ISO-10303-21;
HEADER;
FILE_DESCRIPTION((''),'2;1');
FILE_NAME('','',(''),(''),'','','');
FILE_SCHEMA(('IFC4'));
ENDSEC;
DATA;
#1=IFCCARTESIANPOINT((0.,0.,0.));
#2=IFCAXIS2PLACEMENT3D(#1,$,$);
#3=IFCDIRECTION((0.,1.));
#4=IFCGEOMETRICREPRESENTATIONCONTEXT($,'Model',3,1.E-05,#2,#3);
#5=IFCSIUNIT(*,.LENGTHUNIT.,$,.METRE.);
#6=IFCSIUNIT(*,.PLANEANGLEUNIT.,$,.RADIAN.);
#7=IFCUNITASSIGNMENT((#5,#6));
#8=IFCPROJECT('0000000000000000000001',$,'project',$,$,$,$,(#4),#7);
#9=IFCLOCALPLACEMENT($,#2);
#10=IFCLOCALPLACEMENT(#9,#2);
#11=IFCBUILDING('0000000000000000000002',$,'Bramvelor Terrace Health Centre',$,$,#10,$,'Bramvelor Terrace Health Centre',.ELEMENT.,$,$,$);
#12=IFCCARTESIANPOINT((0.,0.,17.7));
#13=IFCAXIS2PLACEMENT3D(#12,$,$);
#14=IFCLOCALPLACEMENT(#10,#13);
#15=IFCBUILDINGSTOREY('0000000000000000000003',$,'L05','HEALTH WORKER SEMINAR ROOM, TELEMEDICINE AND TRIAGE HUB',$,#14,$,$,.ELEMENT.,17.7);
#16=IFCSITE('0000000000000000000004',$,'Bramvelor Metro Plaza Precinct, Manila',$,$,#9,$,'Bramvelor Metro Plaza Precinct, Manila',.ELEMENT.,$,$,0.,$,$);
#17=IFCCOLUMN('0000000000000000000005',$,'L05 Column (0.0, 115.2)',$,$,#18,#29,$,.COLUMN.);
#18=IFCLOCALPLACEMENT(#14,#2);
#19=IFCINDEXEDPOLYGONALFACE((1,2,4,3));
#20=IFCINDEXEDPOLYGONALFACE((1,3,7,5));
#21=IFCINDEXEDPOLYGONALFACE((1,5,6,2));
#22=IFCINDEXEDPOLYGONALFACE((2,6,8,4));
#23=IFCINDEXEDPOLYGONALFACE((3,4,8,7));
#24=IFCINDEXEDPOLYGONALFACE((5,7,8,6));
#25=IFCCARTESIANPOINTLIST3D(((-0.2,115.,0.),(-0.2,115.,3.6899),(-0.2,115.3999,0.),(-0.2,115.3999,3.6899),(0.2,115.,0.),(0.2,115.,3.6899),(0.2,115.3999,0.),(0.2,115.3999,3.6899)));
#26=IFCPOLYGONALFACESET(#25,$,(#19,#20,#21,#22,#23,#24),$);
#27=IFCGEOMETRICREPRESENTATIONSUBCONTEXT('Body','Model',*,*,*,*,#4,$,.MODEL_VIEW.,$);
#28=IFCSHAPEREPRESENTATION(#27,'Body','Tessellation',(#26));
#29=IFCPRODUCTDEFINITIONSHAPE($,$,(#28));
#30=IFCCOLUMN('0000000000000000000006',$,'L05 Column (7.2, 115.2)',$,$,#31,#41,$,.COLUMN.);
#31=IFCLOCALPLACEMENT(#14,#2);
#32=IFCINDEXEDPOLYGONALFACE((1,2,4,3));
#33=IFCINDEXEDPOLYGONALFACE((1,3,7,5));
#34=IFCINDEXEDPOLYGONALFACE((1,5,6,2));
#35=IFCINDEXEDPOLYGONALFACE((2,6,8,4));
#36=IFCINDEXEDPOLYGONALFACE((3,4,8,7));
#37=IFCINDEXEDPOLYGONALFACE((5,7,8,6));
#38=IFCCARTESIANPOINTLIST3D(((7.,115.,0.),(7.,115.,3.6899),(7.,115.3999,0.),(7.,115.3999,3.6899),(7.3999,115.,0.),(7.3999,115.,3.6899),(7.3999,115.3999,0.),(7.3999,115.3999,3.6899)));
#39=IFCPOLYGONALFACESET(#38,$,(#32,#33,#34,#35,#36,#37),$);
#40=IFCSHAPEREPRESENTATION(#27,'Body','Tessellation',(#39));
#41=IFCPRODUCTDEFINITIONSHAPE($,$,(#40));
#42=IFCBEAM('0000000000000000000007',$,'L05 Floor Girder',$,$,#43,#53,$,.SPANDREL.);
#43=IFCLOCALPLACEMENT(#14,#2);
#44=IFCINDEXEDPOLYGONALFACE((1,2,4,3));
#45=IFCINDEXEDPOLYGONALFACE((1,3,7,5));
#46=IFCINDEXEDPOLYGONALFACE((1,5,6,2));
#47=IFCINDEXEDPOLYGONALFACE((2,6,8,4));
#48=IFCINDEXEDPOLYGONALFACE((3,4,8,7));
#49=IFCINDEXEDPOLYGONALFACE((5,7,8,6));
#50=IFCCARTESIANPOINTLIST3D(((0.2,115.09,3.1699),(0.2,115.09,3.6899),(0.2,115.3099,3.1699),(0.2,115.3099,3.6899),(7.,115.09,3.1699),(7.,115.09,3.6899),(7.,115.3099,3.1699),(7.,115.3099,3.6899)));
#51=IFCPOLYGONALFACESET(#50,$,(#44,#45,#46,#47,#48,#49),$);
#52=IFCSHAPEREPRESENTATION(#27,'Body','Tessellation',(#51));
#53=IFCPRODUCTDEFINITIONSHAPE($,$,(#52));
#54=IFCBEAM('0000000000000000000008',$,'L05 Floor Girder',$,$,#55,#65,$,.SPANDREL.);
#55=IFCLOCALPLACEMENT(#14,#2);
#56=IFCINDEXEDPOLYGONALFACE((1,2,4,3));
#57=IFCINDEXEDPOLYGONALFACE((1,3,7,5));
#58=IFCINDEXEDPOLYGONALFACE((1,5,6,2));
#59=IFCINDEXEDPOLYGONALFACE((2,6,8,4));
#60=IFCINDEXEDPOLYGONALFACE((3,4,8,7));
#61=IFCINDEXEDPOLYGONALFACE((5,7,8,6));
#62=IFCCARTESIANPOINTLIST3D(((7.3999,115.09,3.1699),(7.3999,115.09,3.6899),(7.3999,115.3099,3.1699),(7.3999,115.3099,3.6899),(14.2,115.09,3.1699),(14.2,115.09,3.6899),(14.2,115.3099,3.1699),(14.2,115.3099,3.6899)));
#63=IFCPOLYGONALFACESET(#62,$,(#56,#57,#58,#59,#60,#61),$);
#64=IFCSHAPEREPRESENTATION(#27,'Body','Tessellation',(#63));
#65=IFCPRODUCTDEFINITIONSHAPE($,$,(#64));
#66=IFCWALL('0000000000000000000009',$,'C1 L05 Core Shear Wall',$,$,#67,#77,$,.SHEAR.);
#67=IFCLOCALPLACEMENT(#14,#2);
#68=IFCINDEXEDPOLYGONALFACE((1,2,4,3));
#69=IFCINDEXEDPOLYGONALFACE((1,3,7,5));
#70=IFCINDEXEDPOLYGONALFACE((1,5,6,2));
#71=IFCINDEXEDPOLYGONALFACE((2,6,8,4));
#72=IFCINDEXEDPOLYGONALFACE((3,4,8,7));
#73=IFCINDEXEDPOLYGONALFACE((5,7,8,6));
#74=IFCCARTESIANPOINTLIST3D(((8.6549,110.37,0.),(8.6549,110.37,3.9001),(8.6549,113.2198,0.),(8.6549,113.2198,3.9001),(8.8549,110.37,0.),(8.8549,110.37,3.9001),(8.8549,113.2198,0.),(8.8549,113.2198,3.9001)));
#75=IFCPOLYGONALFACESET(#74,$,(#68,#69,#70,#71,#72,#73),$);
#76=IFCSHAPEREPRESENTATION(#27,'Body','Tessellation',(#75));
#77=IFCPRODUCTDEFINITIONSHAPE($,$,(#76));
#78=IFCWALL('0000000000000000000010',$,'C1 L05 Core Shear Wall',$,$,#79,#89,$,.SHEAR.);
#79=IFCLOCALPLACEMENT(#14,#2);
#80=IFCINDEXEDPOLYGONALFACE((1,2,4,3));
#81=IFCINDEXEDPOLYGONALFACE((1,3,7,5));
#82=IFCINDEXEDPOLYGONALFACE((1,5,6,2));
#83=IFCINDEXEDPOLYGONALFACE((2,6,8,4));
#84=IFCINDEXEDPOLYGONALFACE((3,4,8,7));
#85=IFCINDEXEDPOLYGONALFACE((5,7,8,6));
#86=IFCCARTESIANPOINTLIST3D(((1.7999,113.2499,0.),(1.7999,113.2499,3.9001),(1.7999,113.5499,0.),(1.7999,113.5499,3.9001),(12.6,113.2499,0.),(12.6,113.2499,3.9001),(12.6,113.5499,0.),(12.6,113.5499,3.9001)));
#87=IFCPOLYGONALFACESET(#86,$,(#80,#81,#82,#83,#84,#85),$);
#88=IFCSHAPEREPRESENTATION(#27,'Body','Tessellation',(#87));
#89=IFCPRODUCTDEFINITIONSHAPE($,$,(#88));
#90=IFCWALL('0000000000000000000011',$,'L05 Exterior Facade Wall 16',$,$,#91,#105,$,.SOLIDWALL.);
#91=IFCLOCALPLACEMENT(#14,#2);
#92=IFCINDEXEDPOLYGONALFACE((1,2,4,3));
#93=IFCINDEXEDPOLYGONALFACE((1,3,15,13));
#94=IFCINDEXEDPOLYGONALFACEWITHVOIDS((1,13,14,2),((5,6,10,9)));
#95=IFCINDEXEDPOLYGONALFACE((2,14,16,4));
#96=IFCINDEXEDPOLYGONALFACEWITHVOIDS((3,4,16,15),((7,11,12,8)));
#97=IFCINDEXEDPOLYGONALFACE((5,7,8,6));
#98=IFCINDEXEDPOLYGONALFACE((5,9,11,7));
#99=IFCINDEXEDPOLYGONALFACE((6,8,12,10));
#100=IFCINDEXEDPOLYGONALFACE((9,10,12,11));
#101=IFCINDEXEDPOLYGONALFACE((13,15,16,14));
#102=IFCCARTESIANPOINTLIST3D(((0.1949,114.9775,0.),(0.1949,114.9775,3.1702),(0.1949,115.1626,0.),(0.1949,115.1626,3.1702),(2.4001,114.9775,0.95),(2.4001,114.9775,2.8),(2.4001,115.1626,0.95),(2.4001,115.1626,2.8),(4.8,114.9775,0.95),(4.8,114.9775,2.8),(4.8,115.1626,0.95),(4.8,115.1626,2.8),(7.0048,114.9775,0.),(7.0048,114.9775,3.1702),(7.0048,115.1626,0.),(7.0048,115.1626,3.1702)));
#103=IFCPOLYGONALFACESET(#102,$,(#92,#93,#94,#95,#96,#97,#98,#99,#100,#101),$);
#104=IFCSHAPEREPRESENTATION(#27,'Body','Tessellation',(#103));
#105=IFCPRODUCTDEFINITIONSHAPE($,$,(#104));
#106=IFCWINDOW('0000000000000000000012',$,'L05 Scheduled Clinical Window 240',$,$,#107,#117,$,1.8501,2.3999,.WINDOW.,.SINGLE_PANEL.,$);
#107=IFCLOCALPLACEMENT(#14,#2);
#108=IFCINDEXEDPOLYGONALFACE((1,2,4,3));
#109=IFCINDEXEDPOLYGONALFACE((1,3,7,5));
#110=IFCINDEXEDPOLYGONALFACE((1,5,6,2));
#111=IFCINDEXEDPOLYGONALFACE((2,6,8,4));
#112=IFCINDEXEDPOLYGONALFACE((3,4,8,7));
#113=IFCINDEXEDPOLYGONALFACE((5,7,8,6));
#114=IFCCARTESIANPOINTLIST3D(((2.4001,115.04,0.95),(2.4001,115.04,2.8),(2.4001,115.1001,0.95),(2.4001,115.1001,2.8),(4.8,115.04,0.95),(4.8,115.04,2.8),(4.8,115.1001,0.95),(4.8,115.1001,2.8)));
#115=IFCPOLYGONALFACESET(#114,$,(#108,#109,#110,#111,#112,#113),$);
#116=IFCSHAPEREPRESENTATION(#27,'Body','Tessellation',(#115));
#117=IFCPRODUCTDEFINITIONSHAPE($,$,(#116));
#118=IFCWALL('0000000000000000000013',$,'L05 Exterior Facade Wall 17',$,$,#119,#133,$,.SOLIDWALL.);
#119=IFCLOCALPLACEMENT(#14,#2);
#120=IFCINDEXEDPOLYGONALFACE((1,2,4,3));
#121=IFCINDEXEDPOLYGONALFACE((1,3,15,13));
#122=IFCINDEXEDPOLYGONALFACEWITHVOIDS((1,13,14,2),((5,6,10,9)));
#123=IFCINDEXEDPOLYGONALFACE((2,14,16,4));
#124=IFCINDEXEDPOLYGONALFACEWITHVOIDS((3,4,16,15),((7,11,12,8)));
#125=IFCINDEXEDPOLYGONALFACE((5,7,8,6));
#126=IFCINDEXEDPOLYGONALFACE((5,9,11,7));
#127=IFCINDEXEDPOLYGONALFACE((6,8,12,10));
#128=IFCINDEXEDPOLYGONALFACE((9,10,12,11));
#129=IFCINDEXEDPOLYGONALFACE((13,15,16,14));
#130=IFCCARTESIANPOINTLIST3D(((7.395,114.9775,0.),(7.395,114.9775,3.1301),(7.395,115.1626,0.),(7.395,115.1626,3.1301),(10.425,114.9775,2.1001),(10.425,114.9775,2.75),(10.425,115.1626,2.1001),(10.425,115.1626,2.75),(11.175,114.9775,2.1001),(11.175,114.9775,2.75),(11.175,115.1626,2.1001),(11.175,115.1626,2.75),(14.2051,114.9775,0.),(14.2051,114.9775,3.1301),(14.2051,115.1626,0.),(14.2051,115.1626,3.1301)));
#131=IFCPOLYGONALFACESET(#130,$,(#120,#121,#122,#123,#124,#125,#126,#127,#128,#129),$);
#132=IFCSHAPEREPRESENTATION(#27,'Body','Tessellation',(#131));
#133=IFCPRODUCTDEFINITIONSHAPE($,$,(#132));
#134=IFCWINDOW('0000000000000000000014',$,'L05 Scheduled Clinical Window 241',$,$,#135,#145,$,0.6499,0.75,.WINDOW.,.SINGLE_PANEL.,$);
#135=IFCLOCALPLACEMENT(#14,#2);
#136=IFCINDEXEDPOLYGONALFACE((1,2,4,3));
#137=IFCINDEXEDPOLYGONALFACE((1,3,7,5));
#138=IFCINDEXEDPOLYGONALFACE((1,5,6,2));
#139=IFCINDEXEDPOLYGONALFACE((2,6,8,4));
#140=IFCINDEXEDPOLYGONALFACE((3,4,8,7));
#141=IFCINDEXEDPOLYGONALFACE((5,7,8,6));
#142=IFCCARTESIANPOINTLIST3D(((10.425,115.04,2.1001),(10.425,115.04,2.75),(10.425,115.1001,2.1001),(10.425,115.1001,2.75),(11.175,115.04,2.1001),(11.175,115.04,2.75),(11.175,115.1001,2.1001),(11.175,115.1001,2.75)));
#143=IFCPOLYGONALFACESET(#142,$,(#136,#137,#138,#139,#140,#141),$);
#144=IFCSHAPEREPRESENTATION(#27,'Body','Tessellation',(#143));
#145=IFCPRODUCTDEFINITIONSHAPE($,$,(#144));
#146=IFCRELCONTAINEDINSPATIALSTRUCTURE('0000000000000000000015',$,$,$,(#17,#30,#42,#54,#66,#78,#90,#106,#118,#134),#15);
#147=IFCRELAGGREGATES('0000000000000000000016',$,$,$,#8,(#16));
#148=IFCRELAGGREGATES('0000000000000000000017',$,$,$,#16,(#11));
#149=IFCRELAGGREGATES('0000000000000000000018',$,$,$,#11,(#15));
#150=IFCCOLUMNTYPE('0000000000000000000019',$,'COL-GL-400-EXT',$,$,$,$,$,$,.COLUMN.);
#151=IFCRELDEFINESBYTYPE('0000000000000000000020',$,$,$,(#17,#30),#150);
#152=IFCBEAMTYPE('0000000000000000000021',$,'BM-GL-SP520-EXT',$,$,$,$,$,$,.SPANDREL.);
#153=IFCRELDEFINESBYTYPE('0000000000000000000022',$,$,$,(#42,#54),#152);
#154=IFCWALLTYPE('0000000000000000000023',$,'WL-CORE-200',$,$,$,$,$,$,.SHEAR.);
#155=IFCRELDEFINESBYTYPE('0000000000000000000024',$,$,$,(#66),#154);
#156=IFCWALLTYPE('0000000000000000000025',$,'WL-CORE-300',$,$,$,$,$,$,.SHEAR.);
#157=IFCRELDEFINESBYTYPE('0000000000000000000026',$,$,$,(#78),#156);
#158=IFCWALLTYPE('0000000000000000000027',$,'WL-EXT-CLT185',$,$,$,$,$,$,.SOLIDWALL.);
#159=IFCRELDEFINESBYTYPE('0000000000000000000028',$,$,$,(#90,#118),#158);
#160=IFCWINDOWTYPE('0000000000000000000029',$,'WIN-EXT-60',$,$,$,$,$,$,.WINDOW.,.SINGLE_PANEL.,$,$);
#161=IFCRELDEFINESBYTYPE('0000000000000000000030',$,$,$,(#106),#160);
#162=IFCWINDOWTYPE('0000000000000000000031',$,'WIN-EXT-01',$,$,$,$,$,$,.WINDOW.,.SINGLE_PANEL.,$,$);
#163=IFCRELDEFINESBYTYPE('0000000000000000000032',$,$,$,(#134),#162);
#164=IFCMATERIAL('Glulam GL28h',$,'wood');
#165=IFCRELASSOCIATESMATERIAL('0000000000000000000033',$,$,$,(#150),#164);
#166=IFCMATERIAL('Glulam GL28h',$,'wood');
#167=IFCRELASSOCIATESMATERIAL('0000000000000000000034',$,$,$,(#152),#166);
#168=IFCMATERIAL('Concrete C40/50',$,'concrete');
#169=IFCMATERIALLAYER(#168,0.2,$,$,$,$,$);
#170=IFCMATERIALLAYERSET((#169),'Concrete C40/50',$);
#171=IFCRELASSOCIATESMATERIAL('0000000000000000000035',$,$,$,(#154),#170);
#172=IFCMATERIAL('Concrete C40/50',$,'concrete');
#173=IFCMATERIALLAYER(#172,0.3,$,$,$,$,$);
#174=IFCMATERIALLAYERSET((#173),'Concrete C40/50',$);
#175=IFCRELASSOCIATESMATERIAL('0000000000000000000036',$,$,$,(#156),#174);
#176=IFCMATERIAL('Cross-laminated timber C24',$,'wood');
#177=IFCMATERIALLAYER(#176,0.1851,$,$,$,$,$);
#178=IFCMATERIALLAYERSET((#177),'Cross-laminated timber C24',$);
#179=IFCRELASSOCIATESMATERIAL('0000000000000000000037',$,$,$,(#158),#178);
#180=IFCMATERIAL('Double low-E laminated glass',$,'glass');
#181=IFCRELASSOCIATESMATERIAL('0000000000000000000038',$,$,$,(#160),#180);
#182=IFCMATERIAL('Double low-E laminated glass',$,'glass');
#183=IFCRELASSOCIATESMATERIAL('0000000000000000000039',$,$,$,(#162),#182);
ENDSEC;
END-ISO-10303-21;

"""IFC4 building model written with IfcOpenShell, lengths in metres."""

from ifc_helpers import new_model, si_unit, direction, frame, frame_2d, origin, origin_2d, place, context, subcontext, project, spatial, rectangle, extrude, material, layer, layer_set, material_profile, profile_set, type_object, element, fill, save


model = new_model("IFC4")

# Units and contexts
model_context = context("Model", 3, precision=1e-05, world=origin(), true_north=direction((0.0, 1.0)))
body_context = subcontext(model_context, "Body", "Model", "MODEL_VIEW")
ifc_project = project(units=[si_unit("LENGTHUNIT", "METRE"), si_unit("PLANEANGLEUNIT", "RADIAN")], contexts=[model_context])

# Site, building, storey
site_placement = place(None, origin())
site = spatial("IfcSite", under=ifc_project, at=site_placement, Name="Bramvelor Metro Plaza Precinct, Manila", LongName="Bramvelor Metro Plaza Precinct, Manila", CompositionType="ELEMENT", RefElevation=0.0)
building_placement = place(site_placement, origin())
building = spatial("IfcBuilding", under=site, at=building_placement, Name="Bramvelor Terrace Health Centre", LongName="Bramvelor Terrace Health Centre", CompositionType="ELEMENT")
storey_placement = place(building_placement, frame((0.0, 0.0, 17.7)))
storey = spatial("IfcBuildingStorey", under=building, at=storey_placement, Name="L05", Description="HEALTH WORKER SEMINAR ROOM, TELEMEDICINE AND TRIAGE HUB", CompositionType="ELEMENT", Elevation=17.7)

# Columns
ifc_material_1 = material(Name="Glulam GL28h", Category="wood")
ifc_material_profile_1 = material_profile(ifc_material_1, rectangle(XDim=0.3999, YDim=0.3999, at=origin_2d()), Name="GL 400x400")
ifc_profile_set_1 = profile_set([ifc_material_profile_1], Name="Glulam GL28h")
column_type = type_object("IfcColumnType", Name="COL-GL-400-EXT", PredefinedType="COLUMN", material=ifc_profile_set_1)
for number, where, z_axis, x_axis, name in (
    (1, (0.0, 115.2, 0.0), (0.0, 0.0, 1.0), (1.0, 0.0, 0.0), "L05 Column (0.0, 115.2)"),
    (2, (7.2, 115.2, 0.0), (0.0, 0.0, 1.0), (1.0, 0.0, 0.0), "L05 Column (7.2, 115.2)"),
):
    element("IfcColumn", number, at=place(storey_placement, frame(where, z_axis=z_axis, x_axis=x_axis)), inside=storey, type_object=column_type, Name=name, PredefinedType="COLUMN", context=body_context, shape_type="SweptSolid", body=[
        extrude(rectangle(XDim=0.3999, YDim=0.3999, at=origin_2d()), origin(), (0.0, 0.0, 1.0), 3.6899),
    ])

# Beams
ifc_material_2 = material(Name="Glulam GL28h", Category="wood")
ifc_material_profile_2 = material_profile(ifc_material_2, rectangle(XDim=0.22, YDim=0.52, at=origin_2d()), Name="GL 220x520")
ifc_profile_set_2 = profile_set([ifc_material_profile_2], Name="Glulam GL28h")
beam_type = type_object("IfcBeamType", Name="BM-GL-SP520-EXT", PredefinedType="SPANDREL", material=ifc_profile_set_2)
for number, where, z_axis, x_axis, name in (
    (3, (0.2, 115.2, 3.4299), (1.0, 0.0, 0.0), (0.0, 1.0, 0.0), "L05 Floor Girder"),
    (4, (7.3999, 115.2, 3.4299), (1.0, 0.0, 0.0), (0.0, 1.0, 0.0), "L05 Floor Girder"),
):
    element("IfcBeam", number, at=place(storey_placement, frame(where, z_axis=z_axis, x_axis=x_axis)), inside=storey, type_object=beam_type, Name=name, PredefinedType="SPANDREL", context=body_context, shape_type="SweptSolid", body=[
        extrude(rectangle(XDim=0.22, YDim=0.52, at=origin_2d()), origin(), (0.0, 0.0, 1.0), 6.8),
    ])

# Walls
ifc_material_3 = material(Name="Concrete C40/50", Category="concrete")
ifc_layer_1 = layer(ifc_material_3, 0.2)
ifc_layer_set_1 = layer_set([ifc_layer_1], Name="Concrete C40/50")
wall_type_1 = type_object("IfcWallType", Name="WL-CORE-200", PredefinedType="SHEAR", material=ifc_layer_set_1)
wall_1_placement = place(storey_placement, frame((8.7549, 110.3701, 0.0), z_axis=(0.0, 0.0, 1.0), x_axis=(0.0, 1.0, 0.0)))
element("IfcWall", 5, at=wall_1_placement, inside=storey, type_object=wall_type_1, Name="C1 L05 Core Shear Wall", PredefinedType="SHEAR", context=body_context, shape_type="SweptSolid", body=[
    extrude(rectangle(XDim=2.8499, YDim=0.2, at=frame_2d((1.4248, 0.0))), origin(), (0.0, 0.0, 1.0), 3.9001),
])
ifc_material_4 = material(Name="Concrete C40/50", Category="concrete")
ifc_layer_2 = layer(ifc_material_4, 0.3)
ifc_layer_set_2 = layer_set([ifc_layer_2], Name="Concrete C40/50")
wall_type_2 = type_object("IfcWallType", Name="WL-CORE-300", PredefinedType="SHEAR", material=ifc_layer_set_2)
wall_2_placement = place(storey_placement, frame((1.8, 113.3999, 0.0), z_axis=(0.0, 0.0, 1.0), x_axis=(1.0, 0.0, 0.0)))
element("IfcWall", 6, at=wall_2_placement, inside=storey, type_object=wall_type_2, Name="C1 L05 Core Shear Wall", PredefinedType="SHEAR", context=body_context, shape_type="SweptSolid", body=[
    extrude(rectangle(XDim=10.8, YDim=0.3, at=frame_2d((5.3999, 0.0))), origin(), (0.0, 0.0, 1.0), 3.9001),
])

# Walls, openings, windows
ifc_material_5 = material(Name="Cross-laminated timber C24", Category="wood")
ifc_layer_3 = layer(ifc_material_5, 0.1851)
ifc_layer_set_3 = layer_set([ifc_layer_3], Name="Cross-laminated timber C24")
wall_type_3 = type_object("IfcWallType", Name="WL-EXT-CLT185", PredefinedType="SOLIDWALL", material=ifc_layer_set_3)
wall_3_placement = place(storey_placement, frame((0.1951, 115.0701, 0.0), z_axis=(0.0, 0.0, 1.0), x_axis=(1.0, 0.0, 0.0)))
wall_3 = element("IfcWall", 7, at=wall_3_placement, inside=storey, type_object=wall_type_3, Name="L05 Exterior Facade Wall 16", PredefinedType="SOLIDWALL", context=body_context, shape_type="SweptSolid", body=[
    extrude(rectangle(XDim=6.8098, YDim=0.1851, at=frame_2d((3.4048, 0.0))), origin(), (0.0, 0.0, 1.0), 3.1702),
])
opening_1_placement = place(wall_3_placement, frame((2.2051, 0.0, 0.95)))
opening_1 = element("IfcOpeningElement", 8, at=opening_1_placement, cuts=wall_3, PredefinedType="OPENING", context=body_context, shape_type="SweptSolid", body=[
    extrude(rectangle(XDim=2.3999, YDim=1.8501, at=frame_2d((1.2, 0.925))), frame((0.0, 0.1025, 0.0), z_axis=(0.0, -1.0, 0.0), x_axis=(1.0, 0.0, 0.0)), (0.0, 0.0, 1.0), 0.2051),
])
ifc_material_6 = material(Name="Double low-E laminated glass", Category="glass")
window_type_1 = type_object("IfcWindowType", Name="WIN-EXT-60", PartitioningType="SINGLE_PANEL", PredefinedType="WINDOW", material=ifc_material_6)
window_1_placement = place(opening_1_placement, origin())
window_1 = element("IfcWindow", 9, at=window_1_placement, inside=storey, type_object=window_type_1, Name="L05 Scheduled Clinical Window 240", OverallHeight=1.8501, OverallWidth=2.3999, PartitioningType="SINGLE_PANEL", PredefinedType="WINDOW", context=body_context, shape_type="SweptSolid", body=[
    extrude(rectangle(XDim=2.3999, YDim=1.8501, at=frame_2d((1.2, 0.925))), frame((0.0, 0.03, 0.0), z_axis=(0.0, -1.0, 0.0), x_axis=(1.0, 0.0, 0.0)), (0.0, 0.0, 1.0), 0.0601),
])
fill(opening_1, window_1)
wall_4_placement = place(storey_placement, frame((7.395, 115.0701, 0.0), z_axis=(0.0, 0.0, 1.0), x_axis=(1.0, 0.0, 0.0)))
wall_4 = element("IfcWall", 10, at=wall_4_placement, inside=storey, type_object=wall_type_3, Name="L05 Exterior Facade Wall 17", PredefinedType="SOLIDWALL", context=body_context, shape_type="SweptSolid", body=[
    extrude(rectangle(XDim=6.8101, YDim=0.1851, at=frame_2d((3.405, 0.0))), origin(), (0.0, 0.0, 1.0), 3.1301),
])
opening_2_placement = place(wall_4_placement, frame((3.03, 0.0, 2.1001)))
opening_2 = element("IfcOpeningElement", 11, at=opening_2_placement, cuts=wall_4, PredefinedType="OPENING", context=body_context, shape_type="SweptSolid", body=[
    extrude(rectangle(XDim=0.75, YDim=0.6499, at=frame_2d((0.375, 0.325))), frame((0.0, 0.1025, 0.0), z_axis=(0.0, -1.0, 0.0), x_axis=(1.0, 0.0, 0.0)), (0.0, 0.0, 1.0), 0.2051),
])
ifc_material_7 = material(Name="Double low-E laminated glass", Category="glass")
window_type_2 = type_object("IfcWindowType", Name="WIN-EXT-01", PartitioningType="SINGLE_PANEL", PredefinedType="WINDOW", material=ifc_material_7)
window_2_placement = place(opening_2_placement, origin())
window_2 = element("IfcWindow", 12, at=window_2_placement, inside=storey, type_object=window_type_2, Name="L05 Scheduled Clinical Window 241", OverallHeight=0.6499, OverallWidth=0.75, PartitioningType="SINGLE_PANEL", PredefinedType="WINDOW", context=body_context, shape_type="SweptSolid", body=[
    extrude(rectangle(XDim=0.75, YDim=0.6499, at=frame_2d((0.375, 0.325))), frame((0.0, 0.03, 0.0), z_axis=(0.0, -1.0, 0.0), x_axis=(1.0, 0.0, 0.0)), (0.0, 0.0, 1.0), 0.0601),
])
fill(opening_2, window_2)

save(model, "model.ifc")
